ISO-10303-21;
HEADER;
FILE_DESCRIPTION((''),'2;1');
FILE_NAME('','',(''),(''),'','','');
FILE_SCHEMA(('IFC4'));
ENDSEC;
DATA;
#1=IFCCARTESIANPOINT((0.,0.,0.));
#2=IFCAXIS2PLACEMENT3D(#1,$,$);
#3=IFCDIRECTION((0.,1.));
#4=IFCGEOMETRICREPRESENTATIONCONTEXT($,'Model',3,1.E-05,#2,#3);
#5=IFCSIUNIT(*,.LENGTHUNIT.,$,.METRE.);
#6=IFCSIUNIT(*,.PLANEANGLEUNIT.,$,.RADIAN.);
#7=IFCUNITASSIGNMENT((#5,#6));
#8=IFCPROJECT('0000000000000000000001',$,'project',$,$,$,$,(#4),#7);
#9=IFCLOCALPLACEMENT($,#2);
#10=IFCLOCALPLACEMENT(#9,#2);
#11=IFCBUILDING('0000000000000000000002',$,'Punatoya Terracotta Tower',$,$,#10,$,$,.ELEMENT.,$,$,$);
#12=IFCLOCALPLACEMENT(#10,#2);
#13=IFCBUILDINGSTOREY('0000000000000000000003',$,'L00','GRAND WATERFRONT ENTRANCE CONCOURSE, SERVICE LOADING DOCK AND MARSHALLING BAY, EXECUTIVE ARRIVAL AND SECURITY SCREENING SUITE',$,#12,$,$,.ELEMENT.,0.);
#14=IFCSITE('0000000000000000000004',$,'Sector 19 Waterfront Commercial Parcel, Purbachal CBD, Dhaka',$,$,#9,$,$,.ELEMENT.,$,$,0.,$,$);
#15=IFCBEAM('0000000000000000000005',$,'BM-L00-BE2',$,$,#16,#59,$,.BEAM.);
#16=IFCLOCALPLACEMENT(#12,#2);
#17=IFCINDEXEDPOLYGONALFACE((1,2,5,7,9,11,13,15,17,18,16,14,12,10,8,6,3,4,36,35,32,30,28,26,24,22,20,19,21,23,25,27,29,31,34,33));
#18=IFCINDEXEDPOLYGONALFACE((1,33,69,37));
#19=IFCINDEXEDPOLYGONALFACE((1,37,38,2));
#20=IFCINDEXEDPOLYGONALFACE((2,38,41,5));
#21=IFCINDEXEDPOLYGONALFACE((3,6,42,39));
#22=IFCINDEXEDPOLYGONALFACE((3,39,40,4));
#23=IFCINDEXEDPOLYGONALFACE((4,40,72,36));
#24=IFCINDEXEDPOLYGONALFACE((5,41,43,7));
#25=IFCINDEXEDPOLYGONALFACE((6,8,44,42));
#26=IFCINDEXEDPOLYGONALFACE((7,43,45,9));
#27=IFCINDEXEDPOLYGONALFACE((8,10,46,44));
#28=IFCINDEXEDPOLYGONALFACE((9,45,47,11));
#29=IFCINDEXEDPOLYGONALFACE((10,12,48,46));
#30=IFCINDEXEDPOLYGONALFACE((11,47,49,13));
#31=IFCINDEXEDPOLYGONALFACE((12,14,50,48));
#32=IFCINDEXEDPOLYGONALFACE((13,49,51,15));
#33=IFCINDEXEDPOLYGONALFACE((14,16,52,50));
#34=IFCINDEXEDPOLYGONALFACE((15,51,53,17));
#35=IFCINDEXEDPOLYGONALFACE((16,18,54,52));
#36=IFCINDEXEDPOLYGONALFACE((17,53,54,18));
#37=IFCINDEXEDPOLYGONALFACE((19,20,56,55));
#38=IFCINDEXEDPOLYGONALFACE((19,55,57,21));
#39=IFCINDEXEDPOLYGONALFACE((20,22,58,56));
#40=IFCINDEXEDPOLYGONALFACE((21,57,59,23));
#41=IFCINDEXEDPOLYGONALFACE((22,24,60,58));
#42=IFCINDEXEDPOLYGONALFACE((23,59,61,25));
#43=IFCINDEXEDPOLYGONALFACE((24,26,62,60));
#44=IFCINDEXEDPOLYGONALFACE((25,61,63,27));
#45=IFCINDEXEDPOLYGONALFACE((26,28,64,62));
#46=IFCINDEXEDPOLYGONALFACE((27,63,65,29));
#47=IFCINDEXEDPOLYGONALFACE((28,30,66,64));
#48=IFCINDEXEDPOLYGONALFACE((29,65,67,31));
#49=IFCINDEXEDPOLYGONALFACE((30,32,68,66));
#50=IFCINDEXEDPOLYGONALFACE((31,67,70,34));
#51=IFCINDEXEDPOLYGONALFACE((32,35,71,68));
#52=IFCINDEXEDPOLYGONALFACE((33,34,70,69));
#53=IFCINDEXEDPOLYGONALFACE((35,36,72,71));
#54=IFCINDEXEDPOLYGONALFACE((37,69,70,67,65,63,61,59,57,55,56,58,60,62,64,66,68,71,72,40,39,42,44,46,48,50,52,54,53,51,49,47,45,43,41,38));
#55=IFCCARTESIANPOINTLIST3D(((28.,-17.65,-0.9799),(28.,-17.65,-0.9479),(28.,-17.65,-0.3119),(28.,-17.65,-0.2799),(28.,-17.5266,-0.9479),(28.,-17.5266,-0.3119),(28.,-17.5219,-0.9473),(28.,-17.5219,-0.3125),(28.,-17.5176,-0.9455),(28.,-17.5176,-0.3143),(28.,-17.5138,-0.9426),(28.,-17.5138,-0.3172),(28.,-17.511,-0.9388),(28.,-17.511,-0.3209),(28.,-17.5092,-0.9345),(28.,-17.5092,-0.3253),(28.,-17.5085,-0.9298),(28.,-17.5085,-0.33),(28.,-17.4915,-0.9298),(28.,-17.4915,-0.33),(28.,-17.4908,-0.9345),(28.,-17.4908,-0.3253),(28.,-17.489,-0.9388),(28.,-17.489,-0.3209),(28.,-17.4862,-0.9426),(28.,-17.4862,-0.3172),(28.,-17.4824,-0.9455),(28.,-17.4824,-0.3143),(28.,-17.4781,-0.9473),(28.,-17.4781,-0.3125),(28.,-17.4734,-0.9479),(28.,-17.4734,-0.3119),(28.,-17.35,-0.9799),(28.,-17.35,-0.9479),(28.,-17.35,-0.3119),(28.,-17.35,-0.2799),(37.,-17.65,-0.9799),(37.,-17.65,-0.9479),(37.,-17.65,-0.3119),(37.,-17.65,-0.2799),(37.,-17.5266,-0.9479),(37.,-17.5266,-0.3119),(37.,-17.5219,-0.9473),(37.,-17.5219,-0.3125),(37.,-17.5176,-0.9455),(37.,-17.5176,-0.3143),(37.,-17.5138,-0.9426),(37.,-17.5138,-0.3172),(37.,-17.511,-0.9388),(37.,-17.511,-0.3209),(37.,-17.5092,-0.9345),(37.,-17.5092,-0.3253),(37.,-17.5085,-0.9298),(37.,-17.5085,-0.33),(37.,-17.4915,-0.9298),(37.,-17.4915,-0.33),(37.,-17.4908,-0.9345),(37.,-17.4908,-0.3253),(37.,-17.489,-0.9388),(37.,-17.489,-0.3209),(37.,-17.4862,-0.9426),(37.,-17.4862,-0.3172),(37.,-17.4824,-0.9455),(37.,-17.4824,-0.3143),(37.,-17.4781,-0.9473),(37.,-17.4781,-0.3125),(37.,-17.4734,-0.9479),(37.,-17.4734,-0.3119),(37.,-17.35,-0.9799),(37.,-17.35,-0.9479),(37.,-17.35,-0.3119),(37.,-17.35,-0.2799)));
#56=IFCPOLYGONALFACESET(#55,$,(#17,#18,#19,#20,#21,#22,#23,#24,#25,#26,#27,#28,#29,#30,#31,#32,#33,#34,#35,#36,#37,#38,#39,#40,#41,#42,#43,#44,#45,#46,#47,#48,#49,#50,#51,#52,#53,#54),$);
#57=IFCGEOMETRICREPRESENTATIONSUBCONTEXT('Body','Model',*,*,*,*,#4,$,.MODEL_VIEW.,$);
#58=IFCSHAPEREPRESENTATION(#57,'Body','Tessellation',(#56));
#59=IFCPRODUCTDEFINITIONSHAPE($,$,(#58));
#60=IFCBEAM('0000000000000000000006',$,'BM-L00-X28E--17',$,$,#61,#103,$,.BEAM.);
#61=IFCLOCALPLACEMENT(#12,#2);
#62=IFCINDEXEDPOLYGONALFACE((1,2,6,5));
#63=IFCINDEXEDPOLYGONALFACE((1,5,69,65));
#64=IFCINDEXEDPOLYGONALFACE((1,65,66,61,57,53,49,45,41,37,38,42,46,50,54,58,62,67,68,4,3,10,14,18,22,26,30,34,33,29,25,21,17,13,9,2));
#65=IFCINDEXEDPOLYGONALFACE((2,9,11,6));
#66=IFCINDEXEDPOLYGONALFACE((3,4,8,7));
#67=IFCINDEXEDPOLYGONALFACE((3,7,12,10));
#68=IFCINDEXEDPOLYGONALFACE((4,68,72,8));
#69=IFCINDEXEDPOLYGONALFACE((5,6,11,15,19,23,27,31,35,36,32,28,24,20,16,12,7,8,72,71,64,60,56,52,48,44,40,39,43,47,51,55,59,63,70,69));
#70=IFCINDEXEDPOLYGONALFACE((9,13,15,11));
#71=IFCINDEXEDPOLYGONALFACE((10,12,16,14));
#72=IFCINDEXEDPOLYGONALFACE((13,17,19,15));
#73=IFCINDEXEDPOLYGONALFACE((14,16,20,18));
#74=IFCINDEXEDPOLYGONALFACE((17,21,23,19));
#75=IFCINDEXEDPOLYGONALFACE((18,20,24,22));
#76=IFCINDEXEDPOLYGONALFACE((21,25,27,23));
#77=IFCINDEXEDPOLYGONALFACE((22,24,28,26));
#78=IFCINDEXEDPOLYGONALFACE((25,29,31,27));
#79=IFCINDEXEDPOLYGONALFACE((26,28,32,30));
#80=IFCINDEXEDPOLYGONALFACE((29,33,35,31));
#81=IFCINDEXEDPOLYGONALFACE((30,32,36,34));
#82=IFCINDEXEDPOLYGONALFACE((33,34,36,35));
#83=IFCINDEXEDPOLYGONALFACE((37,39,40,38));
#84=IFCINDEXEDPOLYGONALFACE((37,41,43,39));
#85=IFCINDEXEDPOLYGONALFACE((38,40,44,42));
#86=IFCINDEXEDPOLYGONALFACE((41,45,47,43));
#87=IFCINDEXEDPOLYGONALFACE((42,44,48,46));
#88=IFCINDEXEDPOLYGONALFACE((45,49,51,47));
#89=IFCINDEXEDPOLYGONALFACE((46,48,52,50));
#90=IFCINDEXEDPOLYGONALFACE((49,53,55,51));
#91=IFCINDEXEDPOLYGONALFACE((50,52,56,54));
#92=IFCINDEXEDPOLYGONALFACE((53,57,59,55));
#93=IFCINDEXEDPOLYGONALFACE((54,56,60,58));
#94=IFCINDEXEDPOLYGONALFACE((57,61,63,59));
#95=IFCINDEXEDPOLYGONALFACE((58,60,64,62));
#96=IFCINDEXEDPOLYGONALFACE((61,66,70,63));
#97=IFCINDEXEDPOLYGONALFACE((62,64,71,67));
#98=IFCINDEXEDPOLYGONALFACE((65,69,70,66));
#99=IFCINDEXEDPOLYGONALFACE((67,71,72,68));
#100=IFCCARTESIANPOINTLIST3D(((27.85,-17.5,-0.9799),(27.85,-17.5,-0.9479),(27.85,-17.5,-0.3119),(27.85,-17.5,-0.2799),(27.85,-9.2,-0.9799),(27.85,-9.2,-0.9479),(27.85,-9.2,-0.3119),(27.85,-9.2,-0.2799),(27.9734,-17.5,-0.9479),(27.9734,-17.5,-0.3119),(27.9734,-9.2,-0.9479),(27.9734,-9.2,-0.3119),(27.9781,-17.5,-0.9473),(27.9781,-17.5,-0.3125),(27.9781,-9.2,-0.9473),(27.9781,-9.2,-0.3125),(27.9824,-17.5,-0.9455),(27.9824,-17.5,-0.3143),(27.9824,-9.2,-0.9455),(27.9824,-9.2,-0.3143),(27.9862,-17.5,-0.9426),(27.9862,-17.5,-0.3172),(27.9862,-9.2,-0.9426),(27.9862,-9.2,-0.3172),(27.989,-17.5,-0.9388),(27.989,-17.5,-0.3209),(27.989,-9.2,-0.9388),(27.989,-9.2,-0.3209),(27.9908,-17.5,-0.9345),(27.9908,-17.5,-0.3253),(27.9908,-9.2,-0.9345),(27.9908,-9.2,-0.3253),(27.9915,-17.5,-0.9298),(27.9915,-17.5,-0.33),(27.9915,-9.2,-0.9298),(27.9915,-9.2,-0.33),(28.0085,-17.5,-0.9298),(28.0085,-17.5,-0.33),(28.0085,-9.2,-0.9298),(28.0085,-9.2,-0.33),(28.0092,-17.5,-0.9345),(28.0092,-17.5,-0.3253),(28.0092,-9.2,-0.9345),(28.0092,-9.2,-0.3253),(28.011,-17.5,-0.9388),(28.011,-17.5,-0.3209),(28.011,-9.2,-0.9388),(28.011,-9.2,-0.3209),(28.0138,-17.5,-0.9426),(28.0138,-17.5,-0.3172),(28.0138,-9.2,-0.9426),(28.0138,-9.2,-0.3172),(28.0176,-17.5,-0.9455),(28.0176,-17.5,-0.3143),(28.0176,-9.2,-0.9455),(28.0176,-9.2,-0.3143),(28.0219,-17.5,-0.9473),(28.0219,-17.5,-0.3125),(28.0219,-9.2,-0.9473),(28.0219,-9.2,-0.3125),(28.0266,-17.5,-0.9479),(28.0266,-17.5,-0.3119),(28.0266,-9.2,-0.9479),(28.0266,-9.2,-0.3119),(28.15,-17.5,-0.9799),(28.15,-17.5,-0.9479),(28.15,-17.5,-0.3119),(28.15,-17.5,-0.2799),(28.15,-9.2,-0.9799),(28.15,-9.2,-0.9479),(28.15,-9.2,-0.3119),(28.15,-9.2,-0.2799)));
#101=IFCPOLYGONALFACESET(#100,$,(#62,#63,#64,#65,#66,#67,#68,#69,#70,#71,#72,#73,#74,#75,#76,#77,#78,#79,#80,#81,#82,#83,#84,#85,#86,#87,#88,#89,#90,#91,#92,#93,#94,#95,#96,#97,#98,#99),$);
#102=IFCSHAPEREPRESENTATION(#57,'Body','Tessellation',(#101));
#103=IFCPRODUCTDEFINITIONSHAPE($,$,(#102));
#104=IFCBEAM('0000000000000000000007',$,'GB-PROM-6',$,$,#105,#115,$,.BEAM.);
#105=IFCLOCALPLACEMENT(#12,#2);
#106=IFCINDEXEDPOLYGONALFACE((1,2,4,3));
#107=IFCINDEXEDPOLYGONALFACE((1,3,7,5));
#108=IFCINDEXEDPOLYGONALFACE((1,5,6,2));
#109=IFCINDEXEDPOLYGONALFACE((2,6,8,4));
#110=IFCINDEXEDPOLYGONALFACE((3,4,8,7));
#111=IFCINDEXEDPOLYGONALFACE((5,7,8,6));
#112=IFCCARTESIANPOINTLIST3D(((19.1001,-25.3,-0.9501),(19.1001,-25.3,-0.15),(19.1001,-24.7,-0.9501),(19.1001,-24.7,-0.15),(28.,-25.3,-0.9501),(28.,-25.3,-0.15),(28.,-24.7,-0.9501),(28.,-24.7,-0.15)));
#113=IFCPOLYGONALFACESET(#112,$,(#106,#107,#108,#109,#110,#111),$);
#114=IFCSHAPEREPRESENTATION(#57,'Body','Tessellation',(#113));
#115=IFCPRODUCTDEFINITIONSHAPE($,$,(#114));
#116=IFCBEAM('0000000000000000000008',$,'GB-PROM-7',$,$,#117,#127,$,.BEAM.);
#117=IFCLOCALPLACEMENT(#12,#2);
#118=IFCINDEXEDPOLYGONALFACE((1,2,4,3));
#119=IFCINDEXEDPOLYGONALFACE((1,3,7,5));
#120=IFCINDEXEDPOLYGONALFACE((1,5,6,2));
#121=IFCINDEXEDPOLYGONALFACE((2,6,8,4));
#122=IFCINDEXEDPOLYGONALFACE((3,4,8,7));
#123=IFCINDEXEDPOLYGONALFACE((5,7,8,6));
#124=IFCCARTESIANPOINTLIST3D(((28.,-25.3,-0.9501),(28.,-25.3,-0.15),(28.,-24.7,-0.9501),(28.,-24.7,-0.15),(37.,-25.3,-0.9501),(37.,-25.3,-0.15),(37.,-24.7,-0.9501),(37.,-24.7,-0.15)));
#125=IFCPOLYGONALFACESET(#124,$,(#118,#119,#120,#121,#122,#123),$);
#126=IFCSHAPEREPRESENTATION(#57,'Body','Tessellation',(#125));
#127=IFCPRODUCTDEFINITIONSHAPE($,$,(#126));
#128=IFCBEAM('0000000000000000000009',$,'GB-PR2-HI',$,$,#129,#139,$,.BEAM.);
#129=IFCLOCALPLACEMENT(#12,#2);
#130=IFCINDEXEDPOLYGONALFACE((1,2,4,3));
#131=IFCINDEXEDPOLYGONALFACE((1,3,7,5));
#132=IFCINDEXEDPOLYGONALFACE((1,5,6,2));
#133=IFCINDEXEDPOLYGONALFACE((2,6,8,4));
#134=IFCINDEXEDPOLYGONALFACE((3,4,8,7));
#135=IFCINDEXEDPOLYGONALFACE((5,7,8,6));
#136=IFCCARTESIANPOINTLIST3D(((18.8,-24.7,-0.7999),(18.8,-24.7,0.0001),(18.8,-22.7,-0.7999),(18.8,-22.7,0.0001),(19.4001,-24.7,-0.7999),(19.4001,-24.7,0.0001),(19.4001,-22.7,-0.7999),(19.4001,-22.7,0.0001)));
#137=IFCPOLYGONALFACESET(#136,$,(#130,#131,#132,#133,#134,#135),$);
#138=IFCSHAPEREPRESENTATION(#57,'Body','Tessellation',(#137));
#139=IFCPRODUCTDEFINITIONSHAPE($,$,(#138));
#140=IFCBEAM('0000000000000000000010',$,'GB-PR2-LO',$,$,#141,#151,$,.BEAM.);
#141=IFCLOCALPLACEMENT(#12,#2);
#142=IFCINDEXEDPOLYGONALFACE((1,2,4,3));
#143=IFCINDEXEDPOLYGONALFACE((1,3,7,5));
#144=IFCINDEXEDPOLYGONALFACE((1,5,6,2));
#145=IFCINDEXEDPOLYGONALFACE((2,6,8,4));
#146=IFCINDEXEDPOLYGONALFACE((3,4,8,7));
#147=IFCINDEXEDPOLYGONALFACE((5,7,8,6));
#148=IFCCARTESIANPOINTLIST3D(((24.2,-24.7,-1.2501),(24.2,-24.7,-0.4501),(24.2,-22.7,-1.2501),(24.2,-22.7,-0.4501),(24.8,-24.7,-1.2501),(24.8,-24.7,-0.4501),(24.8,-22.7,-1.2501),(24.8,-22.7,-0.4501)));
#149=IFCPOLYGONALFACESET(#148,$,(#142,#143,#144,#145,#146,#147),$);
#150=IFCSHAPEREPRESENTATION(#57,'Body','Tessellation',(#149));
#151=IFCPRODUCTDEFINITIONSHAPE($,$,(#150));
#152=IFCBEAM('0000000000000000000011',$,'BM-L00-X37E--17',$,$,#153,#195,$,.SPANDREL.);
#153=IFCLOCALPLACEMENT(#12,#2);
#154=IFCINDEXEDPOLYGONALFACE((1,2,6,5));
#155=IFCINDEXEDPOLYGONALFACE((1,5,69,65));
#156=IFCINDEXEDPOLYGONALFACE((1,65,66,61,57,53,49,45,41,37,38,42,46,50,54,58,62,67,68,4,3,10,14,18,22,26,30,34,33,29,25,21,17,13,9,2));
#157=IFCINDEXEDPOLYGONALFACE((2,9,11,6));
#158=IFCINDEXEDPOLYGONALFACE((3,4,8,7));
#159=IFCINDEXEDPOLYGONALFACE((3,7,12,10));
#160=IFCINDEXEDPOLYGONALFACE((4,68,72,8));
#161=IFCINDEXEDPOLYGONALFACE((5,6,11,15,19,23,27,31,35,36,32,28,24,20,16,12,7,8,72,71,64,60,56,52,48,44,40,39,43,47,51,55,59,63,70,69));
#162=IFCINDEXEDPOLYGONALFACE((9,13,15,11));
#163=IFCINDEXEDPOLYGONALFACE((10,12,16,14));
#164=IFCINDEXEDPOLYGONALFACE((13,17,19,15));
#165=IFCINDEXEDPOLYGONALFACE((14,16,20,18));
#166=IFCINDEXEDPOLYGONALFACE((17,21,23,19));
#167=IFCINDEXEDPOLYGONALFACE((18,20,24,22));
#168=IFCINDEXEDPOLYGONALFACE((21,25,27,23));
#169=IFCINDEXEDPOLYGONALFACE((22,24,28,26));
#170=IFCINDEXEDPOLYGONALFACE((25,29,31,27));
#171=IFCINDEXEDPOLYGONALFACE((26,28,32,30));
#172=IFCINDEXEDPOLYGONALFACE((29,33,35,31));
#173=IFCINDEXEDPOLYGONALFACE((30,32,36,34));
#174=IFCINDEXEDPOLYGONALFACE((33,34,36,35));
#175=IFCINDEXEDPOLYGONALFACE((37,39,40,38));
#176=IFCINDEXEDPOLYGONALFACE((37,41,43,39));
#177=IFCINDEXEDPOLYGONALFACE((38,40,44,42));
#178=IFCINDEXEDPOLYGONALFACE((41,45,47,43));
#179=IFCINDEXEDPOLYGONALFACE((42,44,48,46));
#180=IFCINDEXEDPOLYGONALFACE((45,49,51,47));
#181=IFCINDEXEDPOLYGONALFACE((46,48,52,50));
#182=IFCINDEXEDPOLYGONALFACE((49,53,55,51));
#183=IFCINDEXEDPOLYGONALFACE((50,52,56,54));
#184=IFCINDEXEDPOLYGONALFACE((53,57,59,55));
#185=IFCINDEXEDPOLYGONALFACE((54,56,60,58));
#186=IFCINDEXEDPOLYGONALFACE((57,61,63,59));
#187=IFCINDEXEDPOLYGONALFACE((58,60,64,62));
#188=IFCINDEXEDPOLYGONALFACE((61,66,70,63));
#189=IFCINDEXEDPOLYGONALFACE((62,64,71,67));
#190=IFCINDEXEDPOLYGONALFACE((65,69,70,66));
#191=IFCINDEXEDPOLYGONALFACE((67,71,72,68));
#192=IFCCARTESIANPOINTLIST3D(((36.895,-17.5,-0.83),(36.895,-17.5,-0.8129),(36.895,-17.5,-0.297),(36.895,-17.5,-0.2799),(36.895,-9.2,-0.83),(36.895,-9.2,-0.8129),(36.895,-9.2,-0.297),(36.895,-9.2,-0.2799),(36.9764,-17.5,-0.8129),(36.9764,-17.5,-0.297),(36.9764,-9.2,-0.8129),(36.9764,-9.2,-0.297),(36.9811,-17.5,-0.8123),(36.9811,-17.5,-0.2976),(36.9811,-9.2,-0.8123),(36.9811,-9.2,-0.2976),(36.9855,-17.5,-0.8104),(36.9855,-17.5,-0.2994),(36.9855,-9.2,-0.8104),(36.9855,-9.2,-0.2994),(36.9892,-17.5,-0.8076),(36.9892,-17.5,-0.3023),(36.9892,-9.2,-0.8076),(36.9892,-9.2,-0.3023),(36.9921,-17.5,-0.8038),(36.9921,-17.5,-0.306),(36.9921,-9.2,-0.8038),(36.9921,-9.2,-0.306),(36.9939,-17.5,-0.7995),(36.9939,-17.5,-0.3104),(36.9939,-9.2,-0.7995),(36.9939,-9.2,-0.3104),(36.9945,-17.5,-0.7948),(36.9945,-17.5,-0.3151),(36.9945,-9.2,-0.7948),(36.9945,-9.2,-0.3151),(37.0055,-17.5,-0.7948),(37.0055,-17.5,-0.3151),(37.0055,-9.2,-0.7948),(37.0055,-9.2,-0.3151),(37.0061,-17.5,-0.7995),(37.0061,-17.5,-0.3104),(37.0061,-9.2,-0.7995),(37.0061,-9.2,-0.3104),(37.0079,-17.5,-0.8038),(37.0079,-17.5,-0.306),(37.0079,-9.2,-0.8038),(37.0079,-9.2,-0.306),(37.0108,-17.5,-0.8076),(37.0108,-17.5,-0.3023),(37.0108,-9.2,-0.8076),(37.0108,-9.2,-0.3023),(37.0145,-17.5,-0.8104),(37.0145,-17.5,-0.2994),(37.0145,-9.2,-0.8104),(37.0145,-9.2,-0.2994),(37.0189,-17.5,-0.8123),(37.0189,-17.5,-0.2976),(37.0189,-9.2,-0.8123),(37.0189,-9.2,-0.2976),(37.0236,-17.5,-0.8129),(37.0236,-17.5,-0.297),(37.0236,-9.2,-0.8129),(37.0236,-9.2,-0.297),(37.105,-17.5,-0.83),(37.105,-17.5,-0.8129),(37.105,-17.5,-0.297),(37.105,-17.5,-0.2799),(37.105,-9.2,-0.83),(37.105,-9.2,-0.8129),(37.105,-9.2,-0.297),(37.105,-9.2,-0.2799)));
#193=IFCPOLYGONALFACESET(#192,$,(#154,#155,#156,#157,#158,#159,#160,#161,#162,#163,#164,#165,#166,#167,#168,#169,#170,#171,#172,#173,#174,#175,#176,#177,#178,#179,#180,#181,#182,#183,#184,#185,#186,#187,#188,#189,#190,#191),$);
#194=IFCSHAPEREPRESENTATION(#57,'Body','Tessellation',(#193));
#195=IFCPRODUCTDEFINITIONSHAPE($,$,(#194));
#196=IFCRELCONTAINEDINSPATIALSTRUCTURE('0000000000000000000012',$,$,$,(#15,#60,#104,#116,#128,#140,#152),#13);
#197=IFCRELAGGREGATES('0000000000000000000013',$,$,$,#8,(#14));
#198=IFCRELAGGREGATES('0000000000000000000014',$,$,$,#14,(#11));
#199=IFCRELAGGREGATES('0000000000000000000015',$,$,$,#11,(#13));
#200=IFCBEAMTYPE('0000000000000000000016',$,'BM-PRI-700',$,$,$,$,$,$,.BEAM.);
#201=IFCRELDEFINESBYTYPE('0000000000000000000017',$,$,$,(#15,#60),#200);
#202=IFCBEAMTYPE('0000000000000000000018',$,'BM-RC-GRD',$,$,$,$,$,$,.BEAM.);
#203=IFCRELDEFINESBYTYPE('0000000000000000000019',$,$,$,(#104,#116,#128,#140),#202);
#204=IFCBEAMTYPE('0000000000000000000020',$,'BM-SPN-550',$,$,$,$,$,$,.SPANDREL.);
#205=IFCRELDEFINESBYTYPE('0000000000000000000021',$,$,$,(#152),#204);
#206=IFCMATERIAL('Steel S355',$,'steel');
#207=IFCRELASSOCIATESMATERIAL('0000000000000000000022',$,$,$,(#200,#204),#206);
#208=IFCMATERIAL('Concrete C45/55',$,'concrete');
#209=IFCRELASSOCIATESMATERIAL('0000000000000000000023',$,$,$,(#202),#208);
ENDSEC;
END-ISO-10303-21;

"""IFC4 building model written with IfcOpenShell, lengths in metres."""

from ifc_helpers import new_model, si_unit, direction, frame, origin, origin_2d, place, context, subcontext, project, spatial, rectangle, i_section, extrude, material, material_profile, profile_set, type_object, element, save


model = new_model("IFC4")

# Units and contexts
model_context = context("Model", 3, precision=1e-05, world=origin(), true_north=direction((0.0, 1.0)))
body_context = subcontext(model_context, "Body", "Model", "MODEL_VIEW")
ifc_project = project(units=[si_unit("LENGTHUNIT", "METRE"), si_unit("PLANEANGLEUNIT", "RADIAN")], contexts=[model_context])

# Site, building, storey
site_placement = place(None, origin())
site = spatial("IfcSite", under=ifc_project, at=site_placement, Name="Sector 19 Waterfront Commercial Parcel, Purbachal CBD, Dhaka", CompositionType="ELEMENT", RefElevation=0.0)
building_placement = place(site_placement, origin())
building = spatial("IfcBuilding", under=site, at=building_placement, Name="Punatoya Terracotta Tower", CompositionType="ELEMENT")
storey_placement = place(building_placement, origin())
storey = spatial("IfcBuildingStorey", under=building, at=storey_placement, Name="L00", Description="GRAND WATERFRONT ENTRANCE CONCOURSE, SERVICE LOADING DOCK AND MARSHALLING BAY, EXECUTIVE ARRIVAL AND SECURITY SCREENING SUITE", CompositionType="ELEMENT", Elevation=0.0)

# Beams
ifc_material_1 = material(Name="Steel S355", Category="steel")
ifc_material_profile_1 = material_profile(ifc_material_1, i_section(OverallWidth=0.3, OverallDepth=0.7, WebThickness=0.0171, FlangeThickness=0.032, FilletRadius=0.0181, at=origin_2d()))
ifc_profile_set_1 = profile_set([ifc_material_profile_1], Name="Steel S355")
beam_type_1 = type_object("IfcBeamType", Name="BM-PRI-700", PredefinedType="BEAM", material=ifc_profile_set_1)
beam_1_placement = place(storey_placement, frame((28.0, -17.5, -0.6299), z_axis=(1.0, 0.0, 0.0), x_axis=(0.0, 1.0, 0.0)))
element("IfcBeam", 1, at=beam_1_placement, inside=storey, type_object=beam_type_1, Name="BM-L00-BE2", PredefinedType="BEAM", context=body_context, shape_type="SweptSolid", body=[
    extrude(i_section(OverallWidth=0.3, OverallDepth=0.7, WebThickness=0.0171, FlangeThickness=0.032, FilletRadius=0.0181, at=origin_2d()), origin(), (0.0, 0.0, 1.0), 9.0),
])
beam_2_placement = place(storey_placement, frame((28.0, -17.5, -0.6299), z_axis=(0.0, 1.0, 0.0), x_axis=(-1.0, 0.0, 0.0)))
element("IfcBeam", 2, at=beam_2_placement, inside=storey, type_object=beam_type_1, Name="BM-L00-X28E--17", PredefinedType="BEAM", context=body_context, shape_type="SweptSolid", body=[
    extrude(i_section(OverallWidth=0.3, OverallDepth=0.7, WebThickness=0.0171, FlangeThickness=0.032, FilletRadius=0.0181, at=origin_2d()), origin(), (0.0, 0.0, 1.0), 8.3),
])
ifc_material_2 = material(Name="Concrete C45/55", Category="concrete")
ifc_material_profile_2 = material_profile(ifc_material_2, rectangle(XDim=0.6001, YDim=0.8, at=origin_2d()))
ifc_profile_set_2 = profile_set([ifc_material_profile_2], Name="Concrete C45/55")
beam_type_2 = type_object("IfcBeamType", Name="BM-RC-GRD", PredefinedType="BEAM", material=ifc_profile_set_2)
beam_3_placement = place(storey_placement, frame((19.1001, -25.0, -0.55), z_axis=(1.0, 0.0, 0.0), x_axis=(0.0, 1.0, 0.0)))
element("IfcBeam", 3, at=beam_3_placement, inside=storey, type_object=beam_type_2, Name="GB-PROM-6", PredefinedType="BEAM", context=body_context, shape_type="SweptSolid", body=[
    extrude(rectangle(XDim=0.6001, YDim=0.8, at=origin_2d()), origin(), (0.0, 0.0, 1.0), 8.8999),
])
beam_4_placement = place(storey_placement, frame((28.0, -25.0, -0.55), z_axis=(1.0, 0.0, 0.0), x_axis=(0.0, 1.0, 0.0)))
element("IfcBeam", 4, at=beam_4_placement, inside=storey, type_object=beam_type_2, Name="GB-PROM-7", PredefinedType="BEAM", context=body_context, shape_type="SweptSolid", body=[
    extrude(rectangle(XDim=0.6001, YDim=0.8, at=origin_2d()), origin(), (0.0, 0.0, 1.0), 9.0),
])
for number, where, z_axis, x_axis, name in (
    (5, (19.1001, -24.7, -0.3999), (0.0, 1.0, 0.0), (-1.0, 0.0, 0.0), "GB-PR2-HI"),
    (6, (24.5, -24.7, -0.8501), (0.0, 1.0, 0.0), (-1.0, 0.0, 0.0), "GB-PR2-LO"),
):
    element("IfcBeam", number, at=place(storey_placement, frame(where, z_axis=z_axis, x_axis=x_axis)), inside=storey, type_object=beam_type_2, Name=name, PredefinedType="BEAM", context=body_context, shape_type="SweptSolid", body=[
        extrude(rectangle(XDim=0.6001, YDim=0.8, at=origin_2d()), origin(), (0.0, 0.0, 1.0), 2.0),
    ])
ifc_material_profile_3 = material_profile(ifc_material_1, i_section(OverallWidth=0.21, OverallDepth=0.55, WebThickness=0.011, FlangeThickness=0.0171, FilletRadius=0.0181, at=origin_2d()))
ifc_profile_set_3 = profile_set([ifc_material_profile_3], Name="Steel S355")
beam_type_3 = type_object("IfcBeamType", Name="BM-SPN-550", PredefinedType="SPANDREL", material=ifc_profile_set_3)
beam_5_placement = place(storey_placement, frame((37.0, -17.5, -0.5549), z_axis=(0.0, 1.0, 0.0), x_axis=(-1.0, 0.0, 0.0)))
element("IfcBeam", 7, at=beam_5_placement, inside=storey, type_object=beam_type_3, Name="BM-L00-X37E--17", PredefinedType="SPANDREL", context=body_context, shape_type="SweptSolid", body=[
    extrude(i_section(OverallWidth=0.21, OverallDepth=0.55, WebThickness=0.011, FlangeThickness=0.0171, FilletRadius=0.0181, at=origin_2d()), origin(), (0.0, 0.0, 1.0), 8.3),
])

save(model, "model.ifc")
